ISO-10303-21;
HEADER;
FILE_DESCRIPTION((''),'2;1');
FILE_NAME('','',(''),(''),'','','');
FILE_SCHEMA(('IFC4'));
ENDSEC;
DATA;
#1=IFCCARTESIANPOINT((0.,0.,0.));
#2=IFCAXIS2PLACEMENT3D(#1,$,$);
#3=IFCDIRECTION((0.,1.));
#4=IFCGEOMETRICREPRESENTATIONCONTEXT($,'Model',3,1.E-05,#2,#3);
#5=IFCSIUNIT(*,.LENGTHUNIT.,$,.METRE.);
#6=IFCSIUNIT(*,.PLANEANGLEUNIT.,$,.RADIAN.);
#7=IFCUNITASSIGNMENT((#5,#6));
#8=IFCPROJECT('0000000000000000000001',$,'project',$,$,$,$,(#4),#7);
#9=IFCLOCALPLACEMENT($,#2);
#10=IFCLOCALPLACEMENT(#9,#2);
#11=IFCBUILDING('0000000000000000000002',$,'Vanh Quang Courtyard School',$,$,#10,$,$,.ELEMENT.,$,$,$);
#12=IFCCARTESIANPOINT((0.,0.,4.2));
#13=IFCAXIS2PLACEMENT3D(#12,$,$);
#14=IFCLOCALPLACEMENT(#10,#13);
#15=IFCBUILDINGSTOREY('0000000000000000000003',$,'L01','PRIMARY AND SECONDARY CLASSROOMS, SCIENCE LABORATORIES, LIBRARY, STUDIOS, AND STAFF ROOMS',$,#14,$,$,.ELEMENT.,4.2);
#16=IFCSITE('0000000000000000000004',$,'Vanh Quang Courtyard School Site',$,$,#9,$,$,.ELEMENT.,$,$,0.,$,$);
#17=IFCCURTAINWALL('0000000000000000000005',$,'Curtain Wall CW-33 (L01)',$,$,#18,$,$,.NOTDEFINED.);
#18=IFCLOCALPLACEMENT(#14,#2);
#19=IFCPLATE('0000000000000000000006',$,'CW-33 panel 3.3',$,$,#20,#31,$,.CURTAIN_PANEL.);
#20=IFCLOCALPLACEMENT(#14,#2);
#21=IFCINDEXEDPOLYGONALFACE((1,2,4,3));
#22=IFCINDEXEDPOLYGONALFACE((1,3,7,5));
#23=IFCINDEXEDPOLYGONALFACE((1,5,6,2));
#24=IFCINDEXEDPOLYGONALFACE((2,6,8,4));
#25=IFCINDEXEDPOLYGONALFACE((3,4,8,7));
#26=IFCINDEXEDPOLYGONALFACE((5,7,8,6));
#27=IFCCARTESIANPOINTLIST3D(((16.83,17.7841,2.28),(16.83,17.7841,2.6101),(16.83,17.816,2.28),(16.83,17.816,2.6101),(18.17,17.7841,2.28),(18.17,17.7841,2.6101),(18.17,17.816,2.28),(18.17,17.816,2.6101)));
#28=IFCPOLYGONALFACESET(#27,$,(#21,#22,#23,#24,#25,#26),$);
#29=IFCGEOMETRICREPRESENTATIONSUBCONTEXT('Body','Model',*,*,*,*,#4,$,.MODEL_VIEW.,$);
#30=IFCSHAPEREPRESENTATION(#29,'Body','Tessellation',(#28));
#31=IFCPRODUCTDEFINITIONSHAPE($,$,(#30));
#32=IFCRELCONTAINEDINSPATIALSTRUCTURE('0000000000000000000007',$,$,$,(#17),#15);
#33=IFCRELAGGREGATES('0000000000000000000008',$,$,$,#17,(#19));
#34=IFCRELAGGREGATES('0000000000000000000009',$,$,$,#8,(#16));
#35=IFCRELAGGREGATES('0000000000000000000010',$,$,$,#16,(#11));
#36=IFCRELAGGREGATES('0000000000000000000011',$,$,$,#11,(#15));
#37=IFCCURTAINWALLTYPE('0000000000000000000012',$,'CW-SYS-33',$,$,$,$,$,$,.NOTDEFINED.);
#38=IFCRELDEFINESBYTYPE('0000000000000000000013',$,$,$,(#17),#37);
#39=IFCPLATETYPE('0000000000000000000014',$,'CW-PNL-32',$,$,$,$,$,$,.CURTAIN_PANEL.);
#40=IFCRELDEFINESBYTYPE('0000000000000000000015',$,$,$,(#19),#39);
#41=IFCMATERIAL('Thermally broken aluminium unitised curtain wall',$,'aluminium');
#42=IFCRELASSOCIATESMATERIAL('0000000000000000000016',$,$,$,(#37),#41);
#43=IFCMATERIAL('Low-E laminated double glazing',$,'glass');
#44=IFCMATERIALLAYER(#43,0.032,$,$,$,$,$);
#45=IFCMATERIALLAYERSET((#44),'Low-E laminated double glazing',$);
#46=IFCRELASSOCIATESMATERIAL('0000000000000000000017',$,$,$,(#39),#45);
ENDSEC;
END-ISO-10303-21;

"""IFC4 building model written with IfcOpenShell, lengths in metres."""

from ifc_helpers import new_model, si_unit, direction, frame, origin, origin_2d, place, context, subcontext, project, spatial, rectangle, extrude, material, layer, layer_set, type_object, element, aggregate, save


model = new_model("IFC4")

# Units and contexts
model_context = context("Model", 3, precision=1e-05, world=origin(), true_north=direction((0.0, 1.0)))
body_context = subcontext(model_context, "Body", "Model", "MODEL_VIEW")
ifc_project = project(units=[si_unit("LENGTHUNIT", "METRE"), si_unit("PLANEANGLEUNIT", "RADIAN")], contexts=[model_context])

# Site, building, storey
site_placement = place(None, origin())
site = spatial("IfcSite", under=ifc_project, at=site_placement, Name="Vanh Quang Courtyard School Site", CompositionType="ELEMENT", RefElevation=0.0)
building_placement = place(site_placement, origin())
building = spatial("IfcBuilding", under=site, at=building_placement, Name="Vanh Quang Courtyard School", CompositionType="ELEMENT")
storey_placement = place(building_placement, frame((0.0, 0.0, 4.2)))
storey = spatial("IfcBuildingStorey", under=building, at=storey_placement, Name="L01", Description="PRIMARY AND SECONDARY CLASSROOMS, SCIENCE LABORATORIES, LIBRARY, STUDIOS, AND STAFF ROOMS", CompositionType="ELEMENT", Elevation=4.2)

# Shared definitions
ifc_material_1 = material(Name="Thermally broken aluminium unitised curtain wall", Category="aluminium")

# Curtain wall
curtain_wall_type_1 = type_object("IfcCurtainWallType", Name="CW-SYS-33", PredefinedType="NOTDEFINED", material=ifc_material_1)
curtain_wall_1_placement = place(storey_placement, origin())
curtain_wall_1 = element("IfcCurtainWall", 1, at=curtain_wall_1_placement, inside=storey, type_object=curtain_wall_type_1, Name="Curtain Wall CW-33 (L01)", PredefinedType="NOTDEFINED")

# Plate
ifc_material_2 = material(Name="Low-E laminated double glazing", Category="glass")
ifc_layer_1 = layer(ifc_material_2, 0.032)
ifc_layer_set_1 = layer_set([ifc_layer_1], Name="Low-E laminated double glazing")
plate_type_1 = type_object("IfcPlateType", Name="CW-PNL-32", PredefinedType="CURTAIN_PANEL", material=ifc_layer_set_1)
plate_1_placement = place(storey_placement, frame((17.5, 17.8, 2.28), z_axis=(0.0, 0.0, 1.0), x_axis=(-1.0, 0.0, 0.0)))
plate_1 = element("IfcPlate", 2, at=plate_1_placement, type_object=plate_type_1, Name="CW-33 panel 3.3", PredefinedType="CURTAIN_PANEL", context=body_context, shape_type="SweptSolid", body=[
    extrude(rectangle(XDim=1.3401, YDim=0.032, at=origin_2d()), origin(), (0.0, 0.0, 1.0), 0.3301),
])
aggregate(curtain_wall_1, [plate_1])

save(model, "model.ifc")
